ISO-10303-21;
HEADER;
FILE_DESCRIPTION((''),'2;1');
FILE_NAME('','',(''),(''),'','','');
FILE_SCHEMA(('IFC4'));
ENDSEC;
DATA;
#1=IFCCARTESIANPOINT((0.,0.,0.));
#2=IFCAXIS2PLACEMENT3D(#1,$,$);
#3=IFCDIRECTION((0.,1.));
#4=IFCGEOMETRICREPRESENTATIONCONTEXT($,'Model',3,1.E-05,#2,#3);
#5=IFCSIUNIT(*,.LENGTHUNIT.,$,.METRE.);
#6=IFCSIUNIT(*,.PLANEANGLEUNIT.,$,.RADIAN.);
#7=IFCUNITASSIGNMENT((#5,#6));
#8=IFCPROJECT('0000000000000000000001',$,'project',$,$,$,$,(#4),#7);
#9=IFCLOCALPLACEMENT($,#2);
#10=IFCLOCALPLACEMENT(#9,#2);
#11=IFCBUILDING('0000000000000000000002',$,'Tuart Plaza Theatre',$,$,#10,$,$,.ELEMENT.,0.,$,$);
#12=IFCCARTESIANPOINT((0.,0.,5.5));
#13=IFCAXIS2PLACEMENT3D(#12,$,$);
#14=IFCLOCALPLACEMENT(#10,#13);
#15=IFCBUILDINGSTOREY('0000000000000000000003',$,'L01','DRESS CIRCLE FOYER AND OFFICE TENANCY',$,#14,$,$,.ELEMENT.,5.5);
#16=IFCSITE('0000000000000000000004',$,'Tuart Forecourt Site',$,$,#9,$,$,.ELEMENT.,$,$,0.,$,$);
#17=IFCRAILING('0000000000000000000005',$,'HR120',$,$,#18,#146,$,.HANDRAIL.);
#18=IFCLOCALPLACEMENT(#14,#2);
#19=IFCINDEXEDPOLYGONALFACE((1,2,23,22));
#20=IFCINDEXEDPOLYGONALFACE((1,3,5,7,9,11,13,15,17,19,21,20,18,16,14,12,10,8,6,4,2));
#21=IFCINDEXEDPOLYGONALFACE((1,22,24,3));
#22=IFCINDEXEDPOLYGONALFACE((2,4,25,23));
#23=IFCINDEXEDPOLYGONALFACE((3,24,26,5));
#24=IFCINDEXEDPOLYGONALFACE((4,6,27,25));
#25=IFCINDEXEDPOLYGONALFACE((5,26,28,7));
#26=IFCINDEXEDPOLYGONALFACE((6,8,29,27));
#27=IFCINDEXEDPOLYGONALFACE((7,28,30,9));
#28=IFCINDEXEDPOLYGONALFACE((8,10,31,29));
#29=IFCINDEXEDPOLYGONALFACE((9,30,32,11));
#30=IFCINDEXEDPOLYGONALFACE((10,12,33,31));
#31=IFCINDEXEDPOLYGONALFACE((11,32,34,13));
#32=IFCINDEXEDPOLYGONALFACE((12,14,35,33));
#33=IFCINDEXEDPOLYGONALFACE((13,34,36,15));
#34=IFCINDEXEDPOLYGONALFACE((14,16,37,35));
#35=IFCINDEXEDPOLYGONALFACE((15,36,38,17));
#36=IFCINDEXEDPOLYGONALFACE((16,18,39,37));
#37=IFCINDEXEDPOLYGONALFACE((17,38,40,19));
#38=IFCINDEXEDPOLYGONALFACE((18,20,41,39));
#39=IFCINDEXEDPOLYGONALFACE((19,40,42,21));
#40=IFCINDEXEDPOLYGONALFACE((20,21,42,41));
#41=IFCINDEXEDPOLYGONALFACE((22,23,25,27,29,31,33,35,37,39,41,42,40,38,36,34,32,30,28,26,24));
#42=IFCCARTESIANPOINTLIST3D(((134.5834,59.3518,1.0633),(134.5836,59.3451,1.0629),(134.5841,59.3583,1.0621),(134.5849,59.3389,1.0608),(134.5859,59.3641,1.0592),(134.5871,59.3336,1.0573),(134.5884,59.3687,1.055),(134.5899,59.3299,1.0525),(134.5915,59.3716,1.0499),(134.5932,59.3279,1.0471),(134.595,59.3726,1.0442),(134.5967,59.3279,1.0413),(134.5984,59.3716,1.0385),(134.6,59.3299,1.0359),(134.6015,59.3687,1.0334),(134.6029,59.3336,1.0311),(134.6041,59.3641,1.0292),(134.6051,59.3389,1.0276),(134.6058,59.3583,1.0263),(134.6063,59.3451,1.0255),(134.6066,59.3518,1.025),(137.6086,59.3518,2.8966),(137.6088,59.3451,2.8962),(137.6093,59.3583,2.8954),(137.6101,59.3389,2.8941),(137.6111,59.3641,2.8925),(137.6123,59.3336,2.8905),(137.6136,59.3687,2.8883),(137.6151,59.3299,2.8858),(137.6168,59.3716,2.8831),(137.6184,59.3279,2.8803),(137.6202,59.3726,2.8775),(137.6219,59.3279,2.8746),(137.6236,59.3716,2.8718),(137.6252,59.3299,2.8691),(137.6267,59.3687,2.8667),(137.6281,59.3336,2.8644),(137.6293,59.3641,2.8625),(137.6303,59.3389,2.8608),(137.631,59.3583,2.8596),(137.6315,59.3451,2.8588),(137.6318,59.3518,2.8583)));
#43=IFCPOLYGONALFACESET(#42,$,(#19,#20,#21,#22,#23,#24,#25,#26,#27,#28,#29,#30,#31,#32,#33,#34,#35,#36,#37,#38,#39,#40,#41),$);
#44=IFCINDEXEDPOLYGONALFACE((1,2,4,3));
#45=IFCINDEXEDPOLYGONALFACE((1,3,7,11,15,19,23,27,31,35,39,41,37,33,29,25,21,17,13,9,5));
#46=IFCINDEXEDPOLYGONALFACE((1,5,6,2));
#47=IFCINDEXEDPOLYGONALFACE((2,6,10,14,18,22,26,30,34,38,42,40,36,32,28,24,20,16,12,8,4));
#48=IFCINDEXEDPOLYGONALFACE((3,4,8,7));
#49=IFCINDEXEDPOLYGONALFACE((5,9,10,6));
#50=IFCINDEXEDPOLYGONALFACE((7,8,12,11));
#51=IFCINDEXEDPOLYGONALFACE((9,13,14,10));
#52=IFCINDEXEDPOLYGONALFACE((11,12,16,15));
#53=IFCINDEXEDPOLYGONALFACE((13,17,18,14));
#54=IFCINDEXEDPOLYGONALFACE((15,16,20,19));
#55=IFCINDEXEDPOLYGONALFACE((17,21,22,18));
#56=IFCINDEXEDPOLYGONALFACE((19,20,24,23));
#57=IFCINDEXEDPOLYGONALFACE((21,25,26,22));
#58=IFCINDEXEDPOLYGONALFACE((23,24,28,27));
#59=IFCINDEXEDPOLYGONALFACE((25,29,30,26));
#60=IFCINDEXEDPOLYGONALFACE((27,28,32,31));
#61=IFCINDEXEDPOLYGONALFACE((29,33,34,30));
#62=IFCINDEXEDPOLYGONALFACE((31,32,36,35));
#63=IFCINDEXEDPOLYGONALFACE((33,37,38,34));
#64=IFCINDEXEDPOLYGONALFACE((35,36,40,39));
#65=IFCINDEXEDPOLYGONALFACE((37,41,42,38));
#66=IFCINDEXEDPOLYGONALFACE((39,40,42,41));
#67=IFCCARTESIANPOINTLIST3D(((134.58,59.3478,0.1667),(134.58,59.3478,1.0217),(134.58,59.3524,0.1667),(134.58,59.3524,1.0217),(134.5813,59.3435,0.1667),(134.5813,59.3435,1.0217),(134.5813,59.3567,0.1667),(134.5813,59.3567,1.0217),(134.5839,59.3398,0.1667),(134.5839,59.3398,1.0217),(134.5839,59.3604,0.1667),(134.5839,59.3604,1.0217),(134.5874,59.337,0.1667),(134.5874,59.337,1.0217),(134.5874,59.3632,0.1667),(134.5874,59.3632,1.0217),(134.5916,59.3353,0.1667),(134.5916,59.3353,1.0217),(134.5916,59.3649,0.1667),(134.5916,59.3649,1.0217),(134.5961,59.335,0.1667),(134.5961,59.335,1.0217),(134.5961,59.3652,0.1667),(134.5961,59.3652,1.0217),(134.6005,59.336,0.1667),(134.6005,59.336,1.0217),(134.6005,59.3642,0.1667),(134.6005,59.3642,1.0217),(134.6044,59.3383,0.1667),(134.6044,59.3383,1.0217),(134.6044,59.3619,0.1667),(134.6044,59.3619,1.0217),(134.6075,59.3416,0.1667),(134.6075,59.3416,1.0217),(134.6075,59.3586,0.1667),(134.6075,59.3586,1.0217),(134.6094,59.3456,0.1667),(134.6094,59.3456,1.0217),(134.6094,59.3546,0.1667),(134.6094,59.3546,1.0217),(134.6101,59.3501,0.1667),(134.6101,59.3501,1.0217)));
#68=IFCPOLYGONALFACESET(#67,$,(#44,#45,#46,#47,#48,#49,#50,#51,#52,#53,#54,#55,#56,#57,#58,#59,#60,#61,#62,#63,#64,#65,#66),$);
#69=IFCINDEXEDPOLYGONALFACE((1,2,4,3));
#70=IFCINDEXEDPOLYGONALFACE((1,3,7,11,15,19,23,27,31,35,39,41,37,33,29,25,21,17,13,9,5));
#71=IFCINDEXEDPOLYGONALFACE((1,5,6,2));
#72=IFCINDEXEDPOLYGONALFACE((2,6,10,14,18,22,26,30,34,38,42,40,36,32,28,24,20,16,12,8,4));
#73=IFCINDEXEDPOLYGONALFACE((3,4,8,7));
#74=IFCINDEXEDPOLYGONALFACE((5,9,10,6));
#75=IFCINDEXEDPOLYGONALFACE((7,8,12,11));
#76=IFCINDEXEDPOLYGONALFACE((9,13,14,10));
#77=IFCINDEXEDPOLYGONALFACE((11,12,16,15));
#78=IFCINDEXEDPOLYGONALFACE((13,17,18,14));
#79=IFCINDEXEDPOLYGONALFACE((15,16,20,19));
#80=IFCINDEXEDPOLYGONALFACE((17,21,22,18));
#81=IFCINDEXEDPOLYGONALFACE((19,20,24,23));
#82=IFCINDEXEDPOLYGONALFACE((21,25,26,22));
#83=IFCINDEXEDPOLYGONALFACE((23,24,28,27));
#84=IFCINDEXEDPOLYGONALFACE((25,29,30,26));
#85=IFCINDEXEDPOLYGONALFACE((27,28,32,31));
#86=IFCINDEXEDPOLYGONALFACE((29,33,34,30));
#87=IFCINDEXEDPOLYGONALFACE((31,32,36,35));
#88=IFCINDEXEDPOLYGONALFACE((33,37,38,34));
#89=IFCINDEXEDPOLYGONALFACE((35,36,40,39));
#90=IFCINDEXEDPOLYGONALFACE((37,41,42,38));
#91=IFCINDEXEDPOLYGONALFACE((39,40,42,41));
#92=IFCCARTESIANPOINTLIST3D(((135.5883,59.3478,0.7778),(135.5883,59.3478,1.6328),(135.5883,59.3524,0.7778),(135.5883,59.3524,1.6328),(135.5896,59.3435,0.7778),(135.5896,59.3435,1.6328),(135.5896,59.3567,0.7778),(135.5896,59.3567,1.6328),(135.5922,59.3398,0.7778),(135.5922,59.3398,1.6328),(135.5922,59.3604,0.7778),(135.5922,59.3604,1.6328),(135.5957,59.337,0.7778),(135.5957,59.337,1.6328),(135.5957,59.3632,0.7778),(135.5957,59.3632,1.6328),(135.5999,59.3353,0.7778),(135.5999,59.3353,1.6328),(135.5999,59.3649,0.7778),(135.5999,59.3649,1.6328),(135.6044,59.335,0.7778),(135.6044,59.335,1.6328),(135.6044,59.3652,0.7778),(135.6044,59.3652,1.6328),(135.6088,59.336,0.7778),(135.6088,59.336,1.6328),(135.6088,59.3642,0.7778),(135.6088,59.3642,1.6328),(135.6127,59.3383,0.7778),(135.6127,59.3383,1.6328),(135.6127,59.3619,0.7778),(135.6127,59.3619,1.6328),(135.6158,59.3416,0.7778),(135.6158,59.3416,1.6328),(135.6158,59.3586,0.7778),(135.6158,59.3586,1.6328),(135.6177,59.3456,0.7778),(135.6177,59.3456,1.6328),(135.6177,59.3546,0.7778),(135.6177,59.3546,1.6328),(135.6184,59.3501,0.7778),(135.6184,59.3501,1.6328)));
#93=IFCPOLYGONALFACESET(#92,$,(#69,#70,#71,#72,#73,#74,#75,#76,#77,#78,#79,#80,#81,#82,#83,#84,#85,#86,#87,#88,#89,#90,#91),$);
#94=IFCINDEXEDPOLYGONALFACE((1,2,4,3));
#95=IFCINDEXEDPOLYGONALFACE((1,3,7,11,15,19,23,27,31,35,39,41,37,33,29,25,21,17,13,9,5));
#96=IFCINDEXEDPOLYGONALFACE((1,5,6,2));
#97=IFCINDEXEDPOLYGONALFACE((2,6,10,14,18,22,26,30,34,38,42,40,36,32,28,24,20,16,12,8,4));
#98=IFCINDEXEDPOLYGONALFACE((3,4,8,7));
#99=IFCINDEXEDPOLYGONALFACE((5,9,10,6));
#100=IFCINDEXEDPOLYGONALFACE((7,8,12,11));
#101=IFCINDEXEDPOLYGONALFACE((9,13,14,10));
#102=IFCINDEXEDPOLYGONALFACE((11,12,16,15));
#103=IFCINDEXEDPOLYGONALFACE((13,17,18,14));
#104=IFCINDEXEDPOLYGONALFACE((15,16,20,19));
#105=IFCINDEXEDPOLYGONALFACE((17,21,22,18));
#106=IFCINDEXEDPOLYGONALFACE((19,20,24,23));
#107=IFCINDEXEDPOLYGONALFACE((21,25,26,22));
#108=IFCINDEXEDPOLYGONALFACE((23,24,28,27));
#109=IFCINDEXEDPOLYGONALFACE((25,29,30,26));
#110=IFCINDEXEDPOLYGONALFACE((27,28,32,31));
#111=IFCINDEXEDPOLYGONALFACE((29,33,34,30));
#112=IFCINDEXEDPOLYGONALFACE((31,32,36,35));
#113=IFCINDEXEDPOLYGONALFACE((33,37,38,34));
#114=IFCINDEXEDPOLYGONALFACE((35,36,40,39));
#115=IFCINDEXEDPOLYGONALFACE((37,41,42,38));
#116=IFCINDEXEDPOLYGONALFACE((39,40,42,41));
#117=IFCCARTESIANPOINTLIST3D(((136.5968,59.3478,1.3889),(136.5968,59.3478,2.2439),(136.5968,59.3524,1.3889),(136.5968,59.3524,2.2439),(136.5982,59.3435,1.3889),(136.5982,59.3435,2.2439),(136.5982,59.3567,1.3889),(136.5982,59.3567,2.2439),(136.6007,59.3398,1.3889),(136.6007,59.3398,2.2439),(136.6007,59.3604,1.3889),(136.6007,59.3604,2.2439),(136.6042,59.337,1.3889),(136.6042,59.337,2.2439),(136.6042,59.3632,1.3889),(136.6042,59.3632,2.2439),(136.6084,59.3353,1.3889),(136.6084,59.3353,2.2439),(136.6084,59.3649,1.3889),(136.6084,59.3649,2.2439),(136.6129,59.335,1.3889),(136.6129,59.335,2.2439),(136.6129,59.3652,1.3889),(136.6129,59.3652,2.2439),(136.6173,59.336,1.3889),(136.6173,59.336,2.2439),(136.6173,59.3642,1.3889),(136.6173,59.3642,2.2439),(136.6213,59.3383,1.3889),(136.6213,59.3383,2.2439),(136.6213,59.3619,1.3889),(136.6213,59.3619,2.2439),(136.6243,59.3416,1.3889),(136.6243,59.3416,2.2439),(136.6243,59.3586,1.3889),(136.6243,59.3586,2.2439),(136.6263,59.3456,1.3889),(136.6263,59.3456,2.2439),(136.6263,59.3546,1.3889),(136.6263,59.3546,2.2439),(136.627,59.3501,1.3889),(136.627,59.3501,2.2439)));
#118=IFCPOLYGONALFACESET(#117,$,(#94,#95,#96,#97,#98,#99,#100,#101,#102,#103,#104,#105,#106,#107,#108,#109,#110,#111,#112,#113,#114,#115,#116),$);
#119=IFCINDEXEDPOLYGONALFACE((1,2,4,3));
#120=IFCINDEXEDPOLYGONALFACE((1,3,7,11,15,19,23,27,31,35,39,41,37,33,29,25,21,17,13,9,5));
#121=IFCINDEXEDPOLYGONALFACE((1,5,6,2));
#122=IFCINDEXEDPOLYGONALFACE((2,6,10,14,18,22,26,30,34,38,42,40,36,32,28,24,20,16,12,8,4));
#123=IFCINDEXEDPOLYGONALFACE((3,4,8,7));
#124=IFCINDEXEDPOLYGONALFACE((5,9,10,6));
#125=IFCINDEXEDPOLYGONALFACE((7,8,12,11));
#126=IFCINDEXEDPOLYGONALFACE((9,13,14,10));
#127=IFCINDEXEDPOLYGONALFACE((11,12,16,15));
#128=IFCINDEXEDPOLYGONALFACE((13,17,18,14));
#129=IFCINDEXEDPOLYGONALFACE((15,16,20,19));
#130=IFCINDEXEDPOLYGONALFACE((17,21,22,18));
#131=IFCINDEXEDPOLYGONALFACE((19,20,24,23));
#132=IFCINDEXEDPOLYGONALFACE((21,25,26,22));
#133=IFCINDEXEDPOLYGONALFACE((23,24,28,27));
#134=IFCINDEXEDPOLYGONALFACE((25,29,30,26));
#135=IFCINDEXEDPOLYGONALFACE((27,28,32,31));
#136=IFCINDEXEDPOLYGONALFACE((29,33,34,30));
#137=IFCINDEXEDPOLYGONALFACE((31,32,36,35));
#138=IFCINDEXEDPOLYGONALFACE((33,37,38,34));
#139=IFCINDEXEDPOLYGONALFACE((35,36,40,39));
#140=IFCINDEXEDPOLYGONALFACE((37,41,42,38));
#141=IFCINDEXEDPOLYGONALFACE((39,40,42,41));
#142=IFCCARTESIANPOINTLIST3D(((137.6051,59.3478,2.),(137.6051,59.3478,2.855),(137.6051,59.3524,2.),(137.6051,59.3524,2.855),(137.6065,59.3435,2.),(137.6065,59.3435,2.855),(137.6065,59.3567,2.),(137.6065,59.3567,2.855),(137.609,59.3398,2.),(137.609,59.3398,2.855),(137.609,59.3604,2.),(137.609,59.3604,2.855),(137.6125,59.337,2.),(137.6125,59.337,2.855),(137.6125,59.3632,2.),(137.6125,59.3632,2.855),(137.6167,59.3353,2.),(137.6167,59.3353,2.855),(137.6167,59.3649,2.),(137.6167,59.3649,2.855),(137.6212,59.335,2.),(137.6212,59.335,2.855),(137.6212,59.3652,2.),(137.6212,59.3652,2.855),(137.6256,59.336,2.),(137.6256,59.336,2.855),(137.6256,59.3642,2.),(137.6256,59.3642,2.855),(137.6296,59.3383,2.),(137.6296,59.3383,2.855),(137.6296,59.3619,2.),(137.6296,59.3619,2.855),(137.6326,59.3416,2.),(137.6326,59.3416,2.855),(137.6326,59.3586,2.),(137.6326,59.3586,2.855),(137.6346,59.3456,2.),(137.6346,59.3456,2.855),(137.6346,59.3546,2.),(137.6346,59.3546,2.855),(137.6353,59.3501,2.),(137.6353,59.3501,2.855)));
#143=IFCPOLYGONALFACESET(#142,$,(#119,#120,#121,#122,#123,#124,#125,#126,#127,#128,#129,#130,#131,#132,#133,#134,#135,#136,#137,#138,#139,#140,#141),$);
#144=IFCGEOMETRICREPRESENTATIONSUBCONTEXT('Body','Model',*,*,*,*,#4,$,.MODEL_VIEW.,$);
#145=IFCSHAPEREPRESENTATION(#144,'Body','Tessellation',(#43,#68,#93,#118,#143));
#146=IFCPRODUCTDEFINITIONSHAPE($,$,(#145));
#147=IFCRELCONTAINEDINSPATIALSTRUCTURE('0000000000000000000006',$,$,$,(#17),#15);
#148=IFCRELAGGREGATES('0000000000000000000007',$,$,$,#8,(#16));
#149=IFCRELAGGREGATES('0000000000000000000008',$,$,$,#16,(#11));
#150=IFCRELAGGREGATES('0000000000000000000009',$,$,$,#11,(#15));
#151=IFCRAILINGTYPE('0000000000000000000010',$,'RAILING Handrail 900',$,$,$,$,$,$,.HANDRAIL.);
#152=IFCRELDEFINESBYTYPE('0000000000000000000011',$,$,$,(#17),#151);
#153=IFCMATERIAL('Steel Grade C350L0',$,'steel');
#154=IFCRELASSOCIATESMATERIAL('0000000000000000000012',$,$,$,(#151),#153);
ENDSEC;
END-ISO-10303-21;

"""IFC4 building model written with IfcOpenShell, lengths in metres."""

from ifc_helpers import new_model, si_unit, direction, frame, origin, origin_2d, place, context, subcontext, project, spatial, circle, extrude, material, type_object, element, save


model = new_model("IFC4")

# Units and contexts
model_context = context("Model", 3, precision=1e-05, world=origin(), true_north=direction((0.0, 1.0)))
body_context = subcontext(model_context, "Body", "Model", "MODEL_VIEW")
ifc_project = project(units=[si_unit("LENGTHUNIT", "METRE"), si_unit("PLANEANGLEUNIT", "RADIAN")], contexts=[model_context])

# Site, building, storey
site_placement = place(None, origin())
site = spatial("IfcSite", under=ifc_project, at=site_placement, Name="Tuart Forecourt Site", CompositionType="ELEMENT", RefElevation=0.0)
building_placement = place(site_placement, origin())
building = spatial("IfcBuilding", under=site, at=building_placement, Name="Tuart Plaza Theatre", CompositionType="ELEMENT", ElevationOfRefHeight=0.0)
storey_placement = place(building_placement, frame((0.0, 0.0, 5.5)))
storey = spatial("IfcBuildingStorey", under=building, at=storey_placement, Name="L01", Description="DRESS CIRCLE FOYER AND OFFICE TENANCY", CompositionType="ELEMENT", Elevation=5.5)

# Railing
ifc_material_1 = material(Name="Steel Grade C350L0", Category="steel")
railing_type_1 = type_object("IfcRailingType", Name="RAILING Handrail 900", PredefinedType="HANDRAIL", material=ifc_material_1)
for number, where, name in (
    (1, (134.595, 59.3501, 0.1667), "HR120"),
):
    element("IfcRailing", number, at=place(storey_placement, frame(where)), inside=storey, type_object=railing_type_1, Name=name, PredefinedType="HANDRAIL", context=body_context, shape_type="SweptSolid", body=[
        extrude(circle(Radius=0.0225, at=origin_2d()), frame((0.0, 0.0, 0.8774), z_axis=(0.855219, 0.0, 0.518267), x_axis=(0.0, 1.0, 0.0)), (0.0, 0.0, 1.0), 3.5374),
        extrude(circle(Radius=0.0151, at=origin_2d()), origin(), (0.0, 0.0, 1.0), 0.855),
        extrude(circle(Radius=0.0151, at=origin_2d()), frame((1.0083, 0.0, 0.6111)), (0.0, 0.0, 1.0), 0.855),
        extrude(circle(Radius=0.0151, at=origin_2d()), frame((2.0168, 0.0, 1.2222)), (0.0, 0.0, 1.0), 0.855),
        extrude(circle(Radius=0.0151, at=origin_2d()), frame((3.0251, 0.0, 1.8333)), (0.0, 0.0, 1.0), 0.855),
    ])

save(model, "model.ifc")
